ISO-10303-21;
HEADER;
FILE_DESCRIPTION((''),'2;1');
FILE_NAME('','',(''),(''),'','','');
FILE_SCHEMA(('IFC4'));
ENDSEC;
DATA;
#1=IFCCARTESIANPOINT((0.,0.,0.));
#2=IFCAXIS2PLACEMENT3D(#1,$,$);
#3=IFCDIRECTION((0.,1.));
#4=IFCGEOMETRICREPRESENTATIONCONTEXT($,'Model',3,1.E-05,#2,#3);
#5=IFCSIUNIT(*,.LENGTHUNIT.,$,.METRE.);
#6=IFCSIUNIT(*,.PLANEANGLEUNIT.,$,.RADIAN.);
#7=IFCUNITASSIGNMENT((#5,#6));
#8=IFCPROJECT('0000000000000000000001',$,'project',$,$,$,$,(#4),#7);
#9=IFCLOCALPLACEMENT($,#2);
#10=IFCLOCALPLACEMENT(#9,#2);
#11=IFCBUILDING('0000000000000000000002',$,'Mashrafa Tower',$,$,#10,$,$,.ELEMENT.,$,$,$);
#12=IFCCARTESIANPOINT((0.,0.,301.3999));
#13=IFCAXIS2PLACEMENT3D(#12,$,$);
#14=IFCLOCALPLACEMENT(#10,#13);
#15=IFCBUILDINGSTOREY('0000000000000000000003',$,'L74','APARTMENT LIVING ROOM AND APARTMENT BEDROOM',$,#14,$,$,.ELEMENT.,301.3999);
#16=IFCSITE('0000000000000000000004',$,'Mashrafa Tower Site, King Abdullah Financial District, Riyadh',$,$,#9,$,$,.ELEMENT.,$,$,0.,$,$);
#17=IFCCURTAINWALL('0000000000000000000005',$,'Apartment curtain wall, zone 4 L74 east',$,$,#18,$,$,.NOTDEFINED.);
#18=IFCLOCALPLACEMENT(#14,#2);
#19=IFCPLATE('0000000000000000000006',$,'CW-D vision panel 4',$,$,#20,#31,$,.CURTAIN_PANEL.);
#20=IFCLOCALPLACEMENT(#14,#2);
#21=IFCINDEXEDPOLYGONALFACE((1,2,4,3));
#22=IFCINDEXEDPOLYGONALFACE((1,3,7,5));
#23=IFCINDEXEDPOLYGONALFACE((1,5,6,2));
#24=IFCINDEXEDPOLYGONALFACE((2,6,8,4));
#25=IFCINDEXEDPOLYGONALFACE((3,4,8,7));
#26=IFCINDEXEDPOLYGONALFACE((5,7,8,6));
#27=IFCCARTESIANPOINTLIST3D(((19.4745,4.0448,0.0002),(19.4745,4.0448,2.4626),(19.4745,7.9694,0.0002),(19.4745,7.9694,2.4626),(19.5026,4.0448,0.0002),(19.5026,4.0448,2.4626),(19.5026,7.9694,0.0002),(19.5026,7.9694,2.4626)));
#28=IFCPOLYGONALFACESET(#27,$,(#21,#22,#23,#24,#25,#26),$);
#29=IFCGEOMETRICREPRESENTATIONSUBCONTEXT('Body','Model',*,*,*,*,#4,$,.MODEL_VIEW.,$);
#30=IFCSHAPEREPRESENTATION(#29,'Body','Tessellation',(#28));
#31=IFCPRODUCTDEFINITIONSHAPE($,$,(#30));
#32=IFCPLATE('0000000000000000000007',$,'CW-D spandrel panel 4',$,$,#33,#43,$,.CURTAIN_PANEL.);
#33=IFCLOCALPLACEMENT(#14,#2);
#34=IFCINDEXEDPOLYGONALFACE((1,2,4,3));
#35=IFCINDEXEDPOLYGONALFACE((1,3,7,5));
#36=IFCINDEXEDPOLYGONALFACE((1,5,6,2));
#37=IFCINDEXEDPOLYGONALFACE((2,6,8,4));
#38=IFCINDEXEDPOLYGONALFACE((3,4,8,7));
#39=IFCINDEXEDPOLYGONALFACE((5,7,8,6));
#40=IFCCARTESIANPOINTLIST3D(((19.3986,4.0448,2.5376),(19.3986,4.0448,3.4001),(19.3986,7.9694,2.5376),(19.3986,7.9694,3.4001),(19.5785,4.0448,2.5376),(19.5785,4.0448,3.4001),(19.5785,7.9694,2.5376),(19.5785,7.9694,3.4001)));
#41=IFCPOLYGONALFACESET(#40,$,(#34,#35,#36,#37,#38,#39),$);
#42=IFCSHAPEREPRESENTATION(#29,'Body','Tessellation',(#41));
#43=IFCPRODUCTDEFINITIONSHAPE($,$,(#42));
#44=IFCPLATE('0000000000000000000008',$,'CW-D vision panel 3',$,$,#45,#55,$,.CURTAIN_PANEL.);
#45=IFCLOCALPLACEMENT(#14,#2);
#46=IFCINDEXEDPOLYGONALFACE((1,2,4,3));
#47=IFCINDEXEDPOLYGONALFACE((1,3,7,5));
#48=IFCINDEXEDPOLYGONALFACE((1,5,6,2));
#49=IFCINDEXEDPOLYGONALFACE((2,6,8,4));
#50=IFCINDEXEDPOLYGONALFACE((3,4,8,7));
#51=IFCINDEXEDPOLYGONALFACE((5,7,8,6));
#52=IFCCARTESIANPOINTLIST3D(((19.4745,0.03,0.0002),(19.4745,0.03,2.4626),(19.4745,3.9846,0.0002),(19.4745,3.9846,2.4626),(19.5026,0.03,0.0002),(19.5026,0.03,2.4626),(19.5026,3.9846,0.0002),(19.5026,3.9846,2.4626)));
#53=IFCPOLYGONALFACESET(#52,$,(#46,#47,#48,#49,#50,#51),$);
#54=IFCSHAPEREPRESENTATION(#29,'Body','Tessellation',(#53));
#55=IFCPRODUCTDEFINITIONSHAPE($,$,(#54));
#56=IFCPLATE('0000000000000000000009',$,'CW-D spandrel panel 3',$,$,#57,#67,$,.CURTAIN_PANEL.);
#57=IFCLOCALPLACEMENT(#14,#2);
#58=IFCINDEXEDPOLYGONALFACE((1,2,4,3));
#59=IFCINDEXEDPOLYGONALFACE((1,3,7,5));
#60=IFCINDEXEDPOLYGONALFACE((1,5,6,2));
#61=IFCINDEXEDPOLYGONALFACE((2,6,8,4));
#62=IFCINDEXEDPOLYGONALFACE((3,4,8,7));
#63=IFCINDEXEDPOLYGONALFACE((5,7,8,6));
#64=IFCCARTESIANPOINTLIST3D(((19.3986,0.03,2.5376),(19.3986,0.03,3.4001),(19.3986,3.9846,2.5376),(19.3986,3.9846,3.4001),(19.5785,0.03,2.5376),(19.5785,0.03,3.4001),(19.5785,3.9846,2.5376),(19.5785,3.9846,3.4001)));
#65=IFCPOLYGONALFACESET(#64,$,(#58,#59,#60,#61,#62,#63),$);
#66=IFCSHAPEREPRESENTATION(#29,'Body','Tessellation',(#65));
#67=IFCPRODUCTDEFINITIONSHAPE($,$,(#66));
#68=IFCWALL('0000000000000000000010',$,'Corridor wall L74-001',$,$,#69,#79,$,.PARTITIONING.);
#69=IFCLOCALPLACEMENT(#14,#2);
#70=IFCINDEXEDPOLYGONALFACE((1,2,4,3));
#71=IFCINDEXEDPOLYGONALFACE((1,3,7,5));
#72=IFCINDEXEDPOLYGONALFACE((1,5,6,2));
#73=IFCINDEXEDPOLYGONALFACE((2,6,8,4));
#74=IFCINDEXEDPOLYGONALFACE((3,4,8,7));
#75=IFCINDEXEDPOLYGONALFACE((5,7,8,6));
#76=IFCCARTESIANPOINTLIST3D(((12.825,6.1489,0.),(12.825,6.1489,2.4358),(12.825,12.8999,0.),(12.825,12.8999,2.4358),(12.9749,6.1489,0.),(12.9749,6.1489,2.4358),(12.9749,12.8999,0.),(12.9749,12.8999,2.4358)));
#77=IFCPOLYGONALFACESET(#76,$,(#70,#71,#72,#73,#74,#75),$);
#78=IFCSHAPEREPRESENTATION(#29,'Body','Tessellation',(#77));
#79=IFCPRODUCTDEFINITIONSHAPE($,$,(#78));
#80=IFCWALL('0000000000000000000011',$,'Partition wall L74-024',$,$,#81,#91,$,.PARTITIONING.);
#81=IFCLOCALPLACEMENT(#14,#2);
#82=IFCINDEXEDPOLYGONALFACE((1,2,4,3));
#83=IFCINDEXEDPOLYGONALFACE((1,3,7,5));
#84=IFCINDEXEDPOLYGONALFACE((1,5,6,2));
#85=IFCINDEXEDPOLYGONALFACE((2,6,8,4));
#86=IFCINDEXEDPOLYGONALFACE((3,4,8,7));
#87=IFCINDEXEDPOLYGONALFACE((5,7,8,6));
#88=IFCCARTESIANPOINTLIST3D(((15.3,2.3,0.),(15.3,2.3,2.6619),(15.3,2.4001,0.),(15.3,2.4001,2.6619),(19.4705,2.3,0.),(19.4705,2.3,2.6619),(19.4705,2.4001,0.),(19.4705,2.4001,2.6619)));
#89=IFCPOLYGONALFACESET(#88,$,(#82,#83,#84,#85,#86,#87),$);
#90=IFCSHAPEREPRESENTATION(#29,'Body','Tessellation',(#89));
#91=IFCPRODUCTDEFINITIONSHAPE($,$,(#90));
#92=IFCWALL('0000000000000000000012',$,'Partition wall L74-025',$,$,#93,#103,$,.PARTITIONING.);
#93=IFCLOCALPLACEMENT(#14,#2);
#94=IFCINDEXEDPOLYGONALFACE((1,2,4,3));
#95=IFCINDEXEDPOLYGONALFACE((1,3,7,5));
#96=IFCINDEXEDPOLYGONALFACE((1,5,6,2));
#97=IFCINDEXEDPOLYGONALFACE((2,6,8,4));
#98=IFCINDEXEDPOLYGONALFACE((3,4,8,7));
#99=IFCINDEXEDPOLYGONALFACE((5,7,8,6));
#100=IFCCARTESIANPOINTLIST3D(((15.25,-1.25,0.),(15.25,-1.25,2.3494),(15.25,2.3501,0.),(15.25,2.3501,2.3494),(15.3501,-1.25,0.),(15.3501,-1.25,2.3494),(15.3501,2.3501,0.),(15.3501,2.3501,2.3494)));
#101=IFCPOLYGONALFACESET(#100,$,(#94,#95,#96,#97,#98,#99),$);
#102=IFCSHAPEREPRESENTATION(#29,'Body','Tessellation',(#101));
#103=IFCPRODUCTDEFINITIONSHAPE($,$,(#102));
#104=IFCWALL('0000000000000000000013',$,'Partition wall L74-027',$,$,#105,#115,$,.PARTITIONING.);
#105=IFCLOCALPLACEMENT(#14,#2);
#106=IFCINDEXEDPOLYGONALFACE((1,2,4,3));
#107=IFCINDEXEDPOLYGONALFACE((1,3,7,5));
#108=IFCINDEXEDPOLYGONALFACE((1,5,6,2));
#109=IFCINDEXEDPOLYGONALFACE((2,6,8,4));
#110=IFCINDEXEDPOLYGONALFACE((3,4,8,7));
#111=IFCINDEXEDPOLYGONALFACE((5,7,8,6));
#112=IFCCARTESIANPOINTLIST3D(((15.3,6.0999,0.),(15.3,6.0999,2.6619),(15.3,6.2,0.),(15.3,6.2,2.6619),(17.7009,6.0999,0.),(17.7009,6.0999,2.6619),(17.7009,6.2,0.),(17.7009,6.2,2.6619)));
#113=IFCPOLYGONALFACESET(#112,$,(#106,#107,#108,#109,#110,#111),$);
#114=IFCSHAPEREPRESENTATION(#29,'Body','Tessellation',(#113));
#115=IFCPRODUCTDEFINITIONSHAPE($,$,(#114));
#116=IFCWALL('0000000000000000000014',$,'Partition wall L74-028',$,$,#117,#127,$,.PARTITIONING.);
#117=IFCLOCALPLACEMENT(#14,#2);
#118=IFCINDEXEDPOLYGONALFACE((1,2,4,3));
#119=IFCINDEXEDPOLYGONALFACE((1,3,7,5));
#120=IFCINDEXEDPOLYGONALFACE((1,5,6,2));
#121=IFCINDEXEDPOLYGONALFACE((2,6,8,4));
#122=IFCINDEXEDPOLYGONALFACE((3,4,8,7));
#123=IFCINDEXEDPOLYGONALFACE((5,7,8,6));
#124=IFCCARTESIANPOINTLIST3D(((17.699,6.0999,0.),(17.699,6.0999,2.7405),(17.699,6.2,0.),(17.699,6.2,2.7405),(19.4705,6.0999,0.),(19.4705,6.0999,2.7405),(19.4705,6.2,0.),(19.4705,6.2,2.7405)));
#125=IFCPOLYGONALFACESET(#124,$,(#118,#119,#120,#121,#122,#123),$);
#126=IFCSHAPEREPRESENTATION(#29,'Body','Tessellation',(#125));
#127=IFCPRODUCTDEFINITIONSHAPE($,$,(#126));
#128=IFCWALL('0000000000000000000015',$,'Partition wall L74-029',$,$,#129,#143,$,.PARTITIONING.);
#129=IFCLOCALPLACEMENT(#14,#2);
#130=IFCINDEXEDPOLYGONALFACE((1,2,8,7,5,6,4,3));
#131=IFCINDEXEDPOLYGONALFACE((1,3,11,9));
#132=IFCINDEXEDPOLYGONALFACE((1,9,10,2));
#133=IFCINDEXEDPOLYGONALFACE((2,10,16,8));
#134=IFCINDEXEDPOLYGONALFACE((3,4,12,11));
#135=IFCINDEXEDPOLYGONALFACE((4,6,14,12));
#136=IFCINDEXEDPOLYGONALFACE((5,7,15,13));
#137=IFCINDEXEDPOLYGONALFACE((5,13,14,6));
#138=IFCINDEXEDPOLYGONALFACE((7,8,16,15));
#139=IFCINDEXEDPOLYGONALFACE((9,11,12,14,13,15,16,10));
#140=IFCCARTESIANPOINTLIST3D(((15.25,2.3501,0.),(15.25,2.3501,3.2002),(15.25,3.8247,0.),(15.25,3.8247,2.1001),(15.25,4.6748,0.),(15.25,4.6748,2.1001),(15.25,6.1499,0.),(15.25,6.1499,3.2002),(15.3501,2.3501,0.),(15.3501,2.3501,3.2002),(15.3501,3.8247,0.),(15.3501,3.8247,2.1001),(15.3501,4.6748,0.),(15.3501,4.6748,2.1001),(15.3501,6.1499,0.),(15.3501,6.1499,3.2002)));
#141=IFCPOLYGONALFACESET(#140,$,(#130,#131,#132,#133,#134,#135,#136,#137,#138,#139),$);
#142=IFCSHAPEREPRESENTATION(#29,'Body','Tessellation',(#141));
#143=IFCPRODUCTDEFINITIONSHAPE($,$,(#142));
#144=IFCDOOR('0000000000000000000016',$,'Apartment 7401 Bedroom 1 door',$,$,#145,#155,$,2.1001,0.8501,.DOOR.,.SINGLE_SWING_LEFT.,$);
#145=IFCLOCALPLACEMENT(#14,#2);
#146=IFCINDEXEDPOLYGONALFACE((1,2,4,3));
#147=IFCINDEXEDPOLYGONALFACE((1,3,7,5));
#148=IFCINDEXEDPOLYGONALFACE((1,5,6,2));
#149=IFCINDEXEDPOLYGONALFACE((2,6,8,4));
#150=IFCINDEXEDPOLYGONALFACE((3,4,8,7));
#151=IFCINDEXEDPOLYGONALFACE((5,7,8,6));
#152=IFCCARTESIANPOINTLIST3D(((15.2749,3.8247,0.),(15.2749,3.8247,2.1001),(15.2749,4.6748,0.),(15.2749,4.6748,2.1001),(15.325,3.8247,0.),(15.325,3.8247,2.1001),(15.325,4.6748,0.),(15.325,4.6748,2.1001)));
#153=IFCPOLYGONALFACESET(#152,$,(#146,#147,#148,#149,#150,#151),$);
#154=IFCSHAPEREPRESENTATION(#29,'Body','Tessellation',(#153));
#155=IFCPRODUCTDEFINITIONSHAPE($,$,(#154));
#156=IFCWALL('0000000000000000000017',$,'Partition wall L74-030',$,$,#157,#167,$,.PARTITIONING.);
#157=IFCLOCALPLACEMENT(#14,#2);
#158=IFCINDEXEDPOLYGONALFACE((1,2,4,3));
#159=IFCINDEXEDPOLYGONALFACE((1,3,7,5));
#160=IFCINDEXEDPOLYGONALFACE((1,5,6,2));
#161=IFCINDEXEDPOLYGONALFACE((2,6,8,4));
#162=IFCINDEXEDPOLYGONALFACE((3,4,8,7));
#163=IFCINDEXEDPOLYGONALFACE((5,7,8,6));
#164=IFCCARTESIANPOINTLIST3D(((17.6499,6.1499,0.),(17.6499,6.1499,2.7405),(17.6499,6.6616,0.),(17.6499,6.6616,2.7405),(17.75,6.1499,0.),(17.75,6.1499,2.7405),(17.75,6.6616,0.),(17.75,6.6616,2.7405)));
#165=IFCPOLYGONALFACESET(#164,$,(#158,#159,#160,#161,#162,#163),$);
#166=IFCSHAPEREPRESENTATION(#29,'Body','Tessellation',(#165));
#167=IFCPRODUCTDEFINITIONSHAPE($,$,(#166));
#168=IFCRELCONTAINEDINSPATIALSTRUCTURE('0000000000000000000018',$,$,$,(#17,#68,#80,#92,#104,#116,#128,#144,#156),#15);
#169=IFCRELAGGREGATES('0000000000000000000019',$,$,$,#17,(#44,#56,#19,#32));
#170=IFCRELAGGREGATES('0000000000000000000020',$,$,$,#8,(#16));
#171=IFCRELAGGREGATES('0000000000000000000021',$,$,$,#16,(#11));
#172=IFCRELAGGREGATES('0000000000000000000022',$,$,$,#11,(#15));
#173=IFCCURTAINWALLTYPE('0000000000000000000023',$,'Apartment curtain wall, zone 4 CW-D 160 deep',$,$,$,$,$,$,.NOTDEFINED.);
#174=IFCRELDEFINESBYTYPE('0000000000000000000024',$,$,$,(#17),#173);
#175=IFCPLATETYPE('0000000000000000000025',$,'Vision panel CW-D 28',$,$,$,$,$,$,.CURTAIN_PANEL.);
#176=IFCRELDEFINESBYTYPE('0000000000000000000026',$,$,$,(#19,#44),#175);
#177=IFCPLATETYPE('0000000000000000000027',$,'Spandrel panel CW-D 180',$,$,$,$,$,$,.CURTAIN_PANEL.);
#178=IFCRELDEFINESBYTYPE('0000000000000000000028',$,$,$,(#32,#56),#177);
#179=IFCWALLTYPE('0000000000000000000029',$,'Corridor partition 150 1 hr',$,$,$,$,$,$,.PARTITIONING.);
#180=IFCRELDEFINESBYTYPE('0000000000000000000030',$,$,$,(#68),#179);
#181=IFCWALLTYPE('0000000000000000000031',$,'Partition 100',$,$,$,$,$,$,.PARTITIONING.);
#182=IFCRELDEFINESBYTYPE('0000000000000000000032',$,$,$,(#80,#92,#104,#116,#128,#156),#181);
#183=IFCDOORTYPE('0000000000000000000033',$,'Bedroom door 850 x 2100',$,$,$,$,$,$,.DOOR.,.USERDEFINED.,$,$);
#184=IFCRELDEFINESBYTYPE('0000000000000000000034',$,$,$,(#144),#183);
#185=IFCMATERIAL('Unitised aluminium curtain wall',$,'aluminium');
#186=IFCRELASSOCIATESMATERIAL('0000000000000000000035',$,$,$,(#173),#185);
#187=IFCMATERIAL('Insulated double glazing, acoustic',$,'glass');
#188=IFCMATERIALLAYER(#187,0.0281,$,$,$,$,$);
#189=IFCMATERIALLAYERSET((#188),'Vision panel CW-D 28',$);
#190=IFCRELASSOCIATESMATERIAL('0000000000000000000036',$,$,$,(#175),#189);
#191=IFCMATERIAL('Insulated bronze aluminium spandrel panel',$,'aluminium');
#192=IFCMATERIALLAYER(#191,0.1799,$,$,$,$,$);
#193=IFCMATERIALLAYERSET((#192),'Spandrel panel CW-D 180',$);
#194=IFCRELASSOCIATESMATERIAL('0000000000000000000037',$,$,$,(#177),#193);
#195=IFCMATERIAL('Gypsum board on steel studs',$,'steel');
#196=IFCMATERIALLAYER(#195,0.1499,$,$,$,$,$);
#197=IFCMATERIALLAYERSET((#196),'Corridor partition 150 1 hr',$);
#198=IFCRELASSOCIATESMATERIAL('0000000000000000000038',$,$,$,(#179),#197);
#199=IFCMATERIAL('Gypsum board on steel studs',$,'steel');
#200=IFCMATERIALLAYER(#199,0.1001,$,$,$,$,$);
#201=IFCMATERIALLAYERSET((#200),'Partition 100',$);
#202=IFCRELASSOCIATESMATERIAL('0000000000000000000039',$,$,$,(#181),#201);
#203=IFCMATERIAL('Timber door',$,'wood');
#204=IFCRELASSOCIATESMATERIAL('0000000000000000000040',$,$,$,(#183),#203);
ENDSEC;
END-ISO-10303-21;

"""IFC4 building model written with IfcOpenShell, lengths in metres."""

from ifc_helpers import new_model, si_unit, direction, frame, frame_2d, origin, origin_2d, place, context, subcontext, project, spatial, rectangle, extrude, source, transform, mapped, material, layer, layer_set, type_object, type_shapes, element, fill, aggregate, save


model = new_model("IFC4")

# Units and contexts
model_context = context("Model", 3, precision=1e-05, world=origin(), true_north=direction((0.0, 1.0)))
body_context = subcontext(model_context, "Body", "Model", "MODEL_VIEW")
ifc_project = project(units=[si_unit("LENGTHUNIT", "METRE"), si_unit("PLANEANGLEUNIT", "RADIAN")], contexts=[model_context])

# Site, building, storey
site_placement = place(None, origin())
site = spatial("IfcSite", under=ifc_project, at=site_placement, Name="Mashrafa Tower Site, King Abdullah Financial District, Riyadh", CompositionType="ELEMENT", RefElevation=0.0)
building_placement = place(site_placement, origin())
building = spatial("IfcBuilding", under=site, at=building_placement, Name="Mashrafa Tower", CompositionType="ELEMENT")
storey_placement = place(building_placement, frame((0.0, 0.0, 301.3999)))
storey = spatial("IfcBuildingStorey", under=building, at=storey_placement, Name="L74", Description="APARTMENT LIVING ROOM AND APARTMENT BEDROOM", CompositionType="ELEMENT", Elevation=301.3999)

# Curtain wall, plates
ifc_material_1 = material(Name="Unitised aluminium curtain wall", Category="aluminium")
curtain_wall_type = type_object("IfcCurtainWallType", Name="Apartment curtain wall, zone 4 CW-D 160 deep", PredefinedType="NOTDEFINED", material=ifc_material_1)
curtain_wall_placement = place(storey_placement, origin())
curtain_wall = element("IfcCurtainWall", 1, at=curtain_wall_placement, inside=storey, type_object=curtain_wall_type, Name="Apartment curtain wall, zone 4 L74 east", PredefinedType="NOTDEFINED")
ifc_material_2 = material(Name="Insulated double glazing, acoustic", Category="glass")
ifc_layer_1 = layer(ifc_material_2, 0.0281)
ifc_layer_set_1 = layer_set([ifc_layer_1], Name="Vision panel CW-D 28")
plate_type_1 = type_object("IfcPlateType", Name="Vision panel CW-D 28", PredefinedType="CURTAIN_PANEL", material=ifc_layer_set_1)
shared_shape_1 = source(origin(), body_context, "Body", "SweptSolid", [
    extrude(rectangle(XDim=3.9246, YDim=0.0281, at=origin_2d()), origin(), (0.0, 0.0, 1.0), 2.4624),
])
plate_1_placement = place(storey_placement, frame((19.4885, 6.0071, 0.0002), z_axis=(0.0, 0.0, 1.0), x_axis=(0.0, 1.0, 0.0)))
plate_1 = element("IfcPlate", 2, at=plate_1_placement, type_object=plate_type_1, Name="CW-D vision panel 4", PredefinedType="CURTAIN_PANEL", context=body_context, shape_type="MappedRepresentation", body=[
    mapped(shared_shape_1, transform((0.0, 0.0, 0.0))),
])
ifc_material_3 = material(Name="Insulated bronze aluminium spandrel panel", Category="aluminium")
ifc_layer_2 = layer(ifc_material_3, 0.1799)
ifc_layer_set_2 = layer_set([ifc_layer_2], Name="Spandrel panel CW-D 180")
plate_type_2 = type_object("IfcPlateType", Name="Spandrel panel CW-D 180", PredefinedType="CURTAIN_PANEL", material=ifc_layer_set_2)
shared_shape_2 = source(origin(), body_context, "Body", "SweptSolid", [
    extrude(rectangle(XDim=3.9246, YDim=0.1799, at=origin_2d()), origin(), (0.0, 0.0, 1.0), 0.8625),
])
plate_2_placement = place(storey_placement, frame((19.4885, 6.0071, 2.5376), z_axis=(0.0, 0.0, 1.0), x_axis=(0.0, 1.0, 0.0)))
plate_2 = element("IfcPlate", 3, at=plate_2_placement, type_object=plate_type_2, Name="CW-D spandrel panel 4", PredefinedType="CURTAIN_PANEL", context=body_context, shape_type="MappedRepresentation", body=[
    mapped(shared_shape_2, transform((0.0, 0.0, 0.0))),
])
shared_shape_3 = source(origin(), body_context, "Body", "SweptSolid", [
    extrude(rectangle(XDim=3.9546, YDim=0.0281, at=origin_2d()), origin(), (0.0, 0.0, 1.0), 2.4624),
])
type_shapes(plate_type_1, [shared_shape_1, shared_shape_3])
plate_3_placement = place(storey_placement, frame((19.4885, 2.0073, 0.0002), z_axis=(0.0, 0.0, 1.0), x_axis=(0.0, 1.0, 0.0)))
plate_3 = element("IfcPlate", 4, at=plate_3_placement, type_object=plate_type_1, Name="CW-D vision panel 3", PredefinedType="CURTAIN_PANEL", context=body_context, shape_type="MappedRepresentation", body=[
    mapped(shared_shape_3, transform((0.0, 0.0, 0.0))),
])
shared_shape_4 = source(origin(), body_context, "Body", "SweptSolid", [
    extrude(rectangle(XDim=3.9546, YDim=0.1799, at=origin_2d()), origin(), (0.0, 0.0, 1.0), 0.8625),
])
type_shapes(plate_type_2, [shared_shape_2, shared_shape_4])
plate_4_placement = place(storey_placement, frame((19.4885, 2.0073, 2.5376), z_axis=(0.0, 0.0, 1.0), x_axis=(0.0, 1.0, 0.0)))
plate_4 = element("IfcPlate", 5, at=plate_4_placement, type_object=plate_type_2, Name="CW-D spandrel panel 3", PredefinedType="CURTAIN_PANEL", context=body_context, shape_type="MappedRepresentation", body=[
    mapped(shared_shape_4, transform((0.0, 0.0, 0.0))),
])
aggregate(curtain_wall, [plate_3, plate_4, plate_1, plate_2])

# Walls
ifc_material_4 = material(Name="Gypsum board on steel studs", Category="steel")
ifc_layer_3 = layer(ifc_material_4, 0.1499)
ifc_layer_set_3 = layer_set([ifc_layer_3], Name="Corridor partition 150 1 hr")
wall_type_1 = type_object("IfcWallType", Name="Corridor partition 150 1 hr", PredefinedType="PARTITIONING", material=ifc_layer_set_3)
wall_1_placement = place(storey_placement, frame((12.8999, 6.1489, 0.0), z_axis=(0.0, 0.0, 1.0), x_axis=(0.0, 1.0, 0.0)))
element("IfcWall", 6, at=wall_1_placement, inside=storey, type_object=wall_type_1, Name="Corridor wall L74-001", PredefinedType="PARTITIONING", context=body_context, shape_type="SweptSolid", body=[
    extrude(rectangle(XDim=6.751, YDim=0.1499, at=frame_2d((3.3755, 0.0))), origin(), (0.0, 0.0, 1.0), 2.4358),
])
ifc_material_5 = material(Name="Gypsum board on steel studs", Category="steel")
ifc_layer_4 = layer(ifc_material_5, 0.1001)
ifc_layer_set_4 = layer_set([ifc_layer_4], Name="Partition 100")
wall_type_2 = type_object("IfcWallType", Name="Partition 100", PredefinedType="PARTITIONING", material=ifc_layer_set_4)
wall_2_placement = place(storey_placement, frame((19.4705, 2.3501, 0.0), z_axis=(0.0, 0.0, 1.0), x_axis=(-1.0, 0.0, 0.0)))
element("IfcWall", 7, at=wall_2_placement, inside=storey, type_object=wall_type_2, Name="Partition wall L74-024", PredefinedType="PARTITIONING", context=body_context, shape_type="SweptSolid", body=[
    extrude(rectangle(XDim=4.1704, YDim=0.1001, at=frame_2d((2.0852, 0.0))), origin(), (0.0, 0.0, 1.0), 2.6619),
])
wall_3_placement = place(storey_placement, frame((15.3, 2.3501, 0.0), z_axis=(0.0, 0.0, 1.0), x_axis=(0.0, -1.0, 0.0)))
element("IfcWall", 8, at=wall_3_placement, inside=storey, type_object=wall_type_2, Name="Partition wall L74-025", PredefinedType="PARTITIONING", context=body_context, shape_type="SweptSolid", body=[
    extrude(rectangle(XDim=3.6001, YDim=0.1001, at=frame_2d((1.8, 0.0))), origin(), (0.0, 0.0, 1.0), 2.3494),
])
wall_4_placement = place(storey_placement, frame((17.7009, 6.1499, 0.0), z_axis=(0.0, 0.0, 1.0), x_axis=(-1.0, 0.0, 0.0)))
element("IfcWall", 9, at=wall_4_placement, inside=storey, type_object=wall_type_2, Name="Partition wall L74-027", PredefinedType="PARTITIONING", context=body_context, shape_type="SweptSolid", body=[
    extrude(rectangle(XDim=2.4009, YDim=0.1001, at=frame_2d((1.2004, 0.0))), origin(), (0.0, 0.0, 1.0), 2.6619),
])
wall_5_placement = place(storey_placement, frame((19.4705, 6.1499, 0.0), z_axis=(0.0, 0.0, 1.0), x_axis=(-1.0, 0.0, 0.0)))
element("IfcWall", 10, at=wall_5_placement, inside=storey, type_object=wall_type_2, Name="Partition wall L74-028", PredefinedType="PARTITIONING", context=body_context, shape_type="SweptSolid", body=[
    extrude(rectangle(XDim=1.7715, YDim=0.1001, at=frame_2d((0.8857, 0.0))), origin(), (0.0, 0.0, 1.0), 2.7405),
])

# Wall, opening, door
wall_6_placement = place(storey_placement, frame((15.3, 6.1499, 0.0), z_axis=(0.0, 0.0, 1.0), x_axis=(0.0, -1.0, 0.0)))
wall_6 = element("IfcWall", 11, at=wall_6_placement, inside=storey, type_object=wall_type_2, Name="Partition wall L74-029", PredefinedType="PARTITIONING", context=body_context, shape_type="SweptSolid", body=[
    extrude(rectangle(XDim=3.7998, YDim=0.1001, at=frame_2d((1.8999, 0.0))), origin(), (0.0, 0.0, 1.0), 3.2002),
])
opening_1_placement = place(wall_6_placement, frame((1.4751, 0.0, 0.0)))
opening_1 = element("IfcOpeningElement", 12, at=opening_1_placement, cuts=wall_6, PredefinedType="OPENING", context=body_context, shape_type="SweptSolid", body=[
    extrude(rectangle(XDim=0.8501, YDim=2.1001, at=frame_2d((0.425, 1.05))), frame((0.0, 0.0601, 0.0), z_axis=(0.0, -1.0, 0.0), x_axis=(1.0, 0.0, 0.0)), (0.0, 0.0, 1.0), 0.1201),
])
ifc_material_6 = material(Name="Timber door", Category="wood")
door_type = type_object("IfcDoorType", Name="Bedroom door 850 x 2100", OperationType="USERDEFINED", PredefinedType="DOOR", material=ifc_material_6)
door_1_placement = place(opening_1_placement, origin())
door_1 = element("IfcDoor", 13, at=door_1_placement, inside=storey, type_object=door_type, Name="Apartment 7401 Bedroom 1 door", OperationType="SINGLE_SWING_LEFT", OverallHeight=2.1001, OverallWidth=0.8501, PredefinedType="DOOR", context=body_context, shape_type="SweptSolid", body=[
    extrude(rectangle(XDim=0.8501, YDim=2.1001, at=frame_2d((0.425, 1.05))), frame((0.0, 0.0249, 0.0), z_axis=(0.0, -1.0, 0.0), x_axis=(1.0, 0.0, 0.0)), (0.0, 0.0, 1.0), 0.05),
])
fill(opening_1, door_1)

# Wall
wall_7_placement = place(storey_placement, frame((17.7, 6.1499, 0.0), z_axis=(0.0, 0.0, 1.0), x_axis=(0.0, 1.0, 0.0)))
element("IfcWall", 14, at=wall_7_placement, inside=storey, type_object=wall_type_2, Name="Partition wall L74-030", PredefinedType="PARTITIONING", context=body_context, shape_type="SweptSolid", body=[
    extrude(rectangle(XDim=0.5117, YDim=0.1001, at=frame_2d((0.2559, 0.0))), origin(), (0.0, 0.0, 1.0), 2.7405),
])

save(model, "model.ifc")
